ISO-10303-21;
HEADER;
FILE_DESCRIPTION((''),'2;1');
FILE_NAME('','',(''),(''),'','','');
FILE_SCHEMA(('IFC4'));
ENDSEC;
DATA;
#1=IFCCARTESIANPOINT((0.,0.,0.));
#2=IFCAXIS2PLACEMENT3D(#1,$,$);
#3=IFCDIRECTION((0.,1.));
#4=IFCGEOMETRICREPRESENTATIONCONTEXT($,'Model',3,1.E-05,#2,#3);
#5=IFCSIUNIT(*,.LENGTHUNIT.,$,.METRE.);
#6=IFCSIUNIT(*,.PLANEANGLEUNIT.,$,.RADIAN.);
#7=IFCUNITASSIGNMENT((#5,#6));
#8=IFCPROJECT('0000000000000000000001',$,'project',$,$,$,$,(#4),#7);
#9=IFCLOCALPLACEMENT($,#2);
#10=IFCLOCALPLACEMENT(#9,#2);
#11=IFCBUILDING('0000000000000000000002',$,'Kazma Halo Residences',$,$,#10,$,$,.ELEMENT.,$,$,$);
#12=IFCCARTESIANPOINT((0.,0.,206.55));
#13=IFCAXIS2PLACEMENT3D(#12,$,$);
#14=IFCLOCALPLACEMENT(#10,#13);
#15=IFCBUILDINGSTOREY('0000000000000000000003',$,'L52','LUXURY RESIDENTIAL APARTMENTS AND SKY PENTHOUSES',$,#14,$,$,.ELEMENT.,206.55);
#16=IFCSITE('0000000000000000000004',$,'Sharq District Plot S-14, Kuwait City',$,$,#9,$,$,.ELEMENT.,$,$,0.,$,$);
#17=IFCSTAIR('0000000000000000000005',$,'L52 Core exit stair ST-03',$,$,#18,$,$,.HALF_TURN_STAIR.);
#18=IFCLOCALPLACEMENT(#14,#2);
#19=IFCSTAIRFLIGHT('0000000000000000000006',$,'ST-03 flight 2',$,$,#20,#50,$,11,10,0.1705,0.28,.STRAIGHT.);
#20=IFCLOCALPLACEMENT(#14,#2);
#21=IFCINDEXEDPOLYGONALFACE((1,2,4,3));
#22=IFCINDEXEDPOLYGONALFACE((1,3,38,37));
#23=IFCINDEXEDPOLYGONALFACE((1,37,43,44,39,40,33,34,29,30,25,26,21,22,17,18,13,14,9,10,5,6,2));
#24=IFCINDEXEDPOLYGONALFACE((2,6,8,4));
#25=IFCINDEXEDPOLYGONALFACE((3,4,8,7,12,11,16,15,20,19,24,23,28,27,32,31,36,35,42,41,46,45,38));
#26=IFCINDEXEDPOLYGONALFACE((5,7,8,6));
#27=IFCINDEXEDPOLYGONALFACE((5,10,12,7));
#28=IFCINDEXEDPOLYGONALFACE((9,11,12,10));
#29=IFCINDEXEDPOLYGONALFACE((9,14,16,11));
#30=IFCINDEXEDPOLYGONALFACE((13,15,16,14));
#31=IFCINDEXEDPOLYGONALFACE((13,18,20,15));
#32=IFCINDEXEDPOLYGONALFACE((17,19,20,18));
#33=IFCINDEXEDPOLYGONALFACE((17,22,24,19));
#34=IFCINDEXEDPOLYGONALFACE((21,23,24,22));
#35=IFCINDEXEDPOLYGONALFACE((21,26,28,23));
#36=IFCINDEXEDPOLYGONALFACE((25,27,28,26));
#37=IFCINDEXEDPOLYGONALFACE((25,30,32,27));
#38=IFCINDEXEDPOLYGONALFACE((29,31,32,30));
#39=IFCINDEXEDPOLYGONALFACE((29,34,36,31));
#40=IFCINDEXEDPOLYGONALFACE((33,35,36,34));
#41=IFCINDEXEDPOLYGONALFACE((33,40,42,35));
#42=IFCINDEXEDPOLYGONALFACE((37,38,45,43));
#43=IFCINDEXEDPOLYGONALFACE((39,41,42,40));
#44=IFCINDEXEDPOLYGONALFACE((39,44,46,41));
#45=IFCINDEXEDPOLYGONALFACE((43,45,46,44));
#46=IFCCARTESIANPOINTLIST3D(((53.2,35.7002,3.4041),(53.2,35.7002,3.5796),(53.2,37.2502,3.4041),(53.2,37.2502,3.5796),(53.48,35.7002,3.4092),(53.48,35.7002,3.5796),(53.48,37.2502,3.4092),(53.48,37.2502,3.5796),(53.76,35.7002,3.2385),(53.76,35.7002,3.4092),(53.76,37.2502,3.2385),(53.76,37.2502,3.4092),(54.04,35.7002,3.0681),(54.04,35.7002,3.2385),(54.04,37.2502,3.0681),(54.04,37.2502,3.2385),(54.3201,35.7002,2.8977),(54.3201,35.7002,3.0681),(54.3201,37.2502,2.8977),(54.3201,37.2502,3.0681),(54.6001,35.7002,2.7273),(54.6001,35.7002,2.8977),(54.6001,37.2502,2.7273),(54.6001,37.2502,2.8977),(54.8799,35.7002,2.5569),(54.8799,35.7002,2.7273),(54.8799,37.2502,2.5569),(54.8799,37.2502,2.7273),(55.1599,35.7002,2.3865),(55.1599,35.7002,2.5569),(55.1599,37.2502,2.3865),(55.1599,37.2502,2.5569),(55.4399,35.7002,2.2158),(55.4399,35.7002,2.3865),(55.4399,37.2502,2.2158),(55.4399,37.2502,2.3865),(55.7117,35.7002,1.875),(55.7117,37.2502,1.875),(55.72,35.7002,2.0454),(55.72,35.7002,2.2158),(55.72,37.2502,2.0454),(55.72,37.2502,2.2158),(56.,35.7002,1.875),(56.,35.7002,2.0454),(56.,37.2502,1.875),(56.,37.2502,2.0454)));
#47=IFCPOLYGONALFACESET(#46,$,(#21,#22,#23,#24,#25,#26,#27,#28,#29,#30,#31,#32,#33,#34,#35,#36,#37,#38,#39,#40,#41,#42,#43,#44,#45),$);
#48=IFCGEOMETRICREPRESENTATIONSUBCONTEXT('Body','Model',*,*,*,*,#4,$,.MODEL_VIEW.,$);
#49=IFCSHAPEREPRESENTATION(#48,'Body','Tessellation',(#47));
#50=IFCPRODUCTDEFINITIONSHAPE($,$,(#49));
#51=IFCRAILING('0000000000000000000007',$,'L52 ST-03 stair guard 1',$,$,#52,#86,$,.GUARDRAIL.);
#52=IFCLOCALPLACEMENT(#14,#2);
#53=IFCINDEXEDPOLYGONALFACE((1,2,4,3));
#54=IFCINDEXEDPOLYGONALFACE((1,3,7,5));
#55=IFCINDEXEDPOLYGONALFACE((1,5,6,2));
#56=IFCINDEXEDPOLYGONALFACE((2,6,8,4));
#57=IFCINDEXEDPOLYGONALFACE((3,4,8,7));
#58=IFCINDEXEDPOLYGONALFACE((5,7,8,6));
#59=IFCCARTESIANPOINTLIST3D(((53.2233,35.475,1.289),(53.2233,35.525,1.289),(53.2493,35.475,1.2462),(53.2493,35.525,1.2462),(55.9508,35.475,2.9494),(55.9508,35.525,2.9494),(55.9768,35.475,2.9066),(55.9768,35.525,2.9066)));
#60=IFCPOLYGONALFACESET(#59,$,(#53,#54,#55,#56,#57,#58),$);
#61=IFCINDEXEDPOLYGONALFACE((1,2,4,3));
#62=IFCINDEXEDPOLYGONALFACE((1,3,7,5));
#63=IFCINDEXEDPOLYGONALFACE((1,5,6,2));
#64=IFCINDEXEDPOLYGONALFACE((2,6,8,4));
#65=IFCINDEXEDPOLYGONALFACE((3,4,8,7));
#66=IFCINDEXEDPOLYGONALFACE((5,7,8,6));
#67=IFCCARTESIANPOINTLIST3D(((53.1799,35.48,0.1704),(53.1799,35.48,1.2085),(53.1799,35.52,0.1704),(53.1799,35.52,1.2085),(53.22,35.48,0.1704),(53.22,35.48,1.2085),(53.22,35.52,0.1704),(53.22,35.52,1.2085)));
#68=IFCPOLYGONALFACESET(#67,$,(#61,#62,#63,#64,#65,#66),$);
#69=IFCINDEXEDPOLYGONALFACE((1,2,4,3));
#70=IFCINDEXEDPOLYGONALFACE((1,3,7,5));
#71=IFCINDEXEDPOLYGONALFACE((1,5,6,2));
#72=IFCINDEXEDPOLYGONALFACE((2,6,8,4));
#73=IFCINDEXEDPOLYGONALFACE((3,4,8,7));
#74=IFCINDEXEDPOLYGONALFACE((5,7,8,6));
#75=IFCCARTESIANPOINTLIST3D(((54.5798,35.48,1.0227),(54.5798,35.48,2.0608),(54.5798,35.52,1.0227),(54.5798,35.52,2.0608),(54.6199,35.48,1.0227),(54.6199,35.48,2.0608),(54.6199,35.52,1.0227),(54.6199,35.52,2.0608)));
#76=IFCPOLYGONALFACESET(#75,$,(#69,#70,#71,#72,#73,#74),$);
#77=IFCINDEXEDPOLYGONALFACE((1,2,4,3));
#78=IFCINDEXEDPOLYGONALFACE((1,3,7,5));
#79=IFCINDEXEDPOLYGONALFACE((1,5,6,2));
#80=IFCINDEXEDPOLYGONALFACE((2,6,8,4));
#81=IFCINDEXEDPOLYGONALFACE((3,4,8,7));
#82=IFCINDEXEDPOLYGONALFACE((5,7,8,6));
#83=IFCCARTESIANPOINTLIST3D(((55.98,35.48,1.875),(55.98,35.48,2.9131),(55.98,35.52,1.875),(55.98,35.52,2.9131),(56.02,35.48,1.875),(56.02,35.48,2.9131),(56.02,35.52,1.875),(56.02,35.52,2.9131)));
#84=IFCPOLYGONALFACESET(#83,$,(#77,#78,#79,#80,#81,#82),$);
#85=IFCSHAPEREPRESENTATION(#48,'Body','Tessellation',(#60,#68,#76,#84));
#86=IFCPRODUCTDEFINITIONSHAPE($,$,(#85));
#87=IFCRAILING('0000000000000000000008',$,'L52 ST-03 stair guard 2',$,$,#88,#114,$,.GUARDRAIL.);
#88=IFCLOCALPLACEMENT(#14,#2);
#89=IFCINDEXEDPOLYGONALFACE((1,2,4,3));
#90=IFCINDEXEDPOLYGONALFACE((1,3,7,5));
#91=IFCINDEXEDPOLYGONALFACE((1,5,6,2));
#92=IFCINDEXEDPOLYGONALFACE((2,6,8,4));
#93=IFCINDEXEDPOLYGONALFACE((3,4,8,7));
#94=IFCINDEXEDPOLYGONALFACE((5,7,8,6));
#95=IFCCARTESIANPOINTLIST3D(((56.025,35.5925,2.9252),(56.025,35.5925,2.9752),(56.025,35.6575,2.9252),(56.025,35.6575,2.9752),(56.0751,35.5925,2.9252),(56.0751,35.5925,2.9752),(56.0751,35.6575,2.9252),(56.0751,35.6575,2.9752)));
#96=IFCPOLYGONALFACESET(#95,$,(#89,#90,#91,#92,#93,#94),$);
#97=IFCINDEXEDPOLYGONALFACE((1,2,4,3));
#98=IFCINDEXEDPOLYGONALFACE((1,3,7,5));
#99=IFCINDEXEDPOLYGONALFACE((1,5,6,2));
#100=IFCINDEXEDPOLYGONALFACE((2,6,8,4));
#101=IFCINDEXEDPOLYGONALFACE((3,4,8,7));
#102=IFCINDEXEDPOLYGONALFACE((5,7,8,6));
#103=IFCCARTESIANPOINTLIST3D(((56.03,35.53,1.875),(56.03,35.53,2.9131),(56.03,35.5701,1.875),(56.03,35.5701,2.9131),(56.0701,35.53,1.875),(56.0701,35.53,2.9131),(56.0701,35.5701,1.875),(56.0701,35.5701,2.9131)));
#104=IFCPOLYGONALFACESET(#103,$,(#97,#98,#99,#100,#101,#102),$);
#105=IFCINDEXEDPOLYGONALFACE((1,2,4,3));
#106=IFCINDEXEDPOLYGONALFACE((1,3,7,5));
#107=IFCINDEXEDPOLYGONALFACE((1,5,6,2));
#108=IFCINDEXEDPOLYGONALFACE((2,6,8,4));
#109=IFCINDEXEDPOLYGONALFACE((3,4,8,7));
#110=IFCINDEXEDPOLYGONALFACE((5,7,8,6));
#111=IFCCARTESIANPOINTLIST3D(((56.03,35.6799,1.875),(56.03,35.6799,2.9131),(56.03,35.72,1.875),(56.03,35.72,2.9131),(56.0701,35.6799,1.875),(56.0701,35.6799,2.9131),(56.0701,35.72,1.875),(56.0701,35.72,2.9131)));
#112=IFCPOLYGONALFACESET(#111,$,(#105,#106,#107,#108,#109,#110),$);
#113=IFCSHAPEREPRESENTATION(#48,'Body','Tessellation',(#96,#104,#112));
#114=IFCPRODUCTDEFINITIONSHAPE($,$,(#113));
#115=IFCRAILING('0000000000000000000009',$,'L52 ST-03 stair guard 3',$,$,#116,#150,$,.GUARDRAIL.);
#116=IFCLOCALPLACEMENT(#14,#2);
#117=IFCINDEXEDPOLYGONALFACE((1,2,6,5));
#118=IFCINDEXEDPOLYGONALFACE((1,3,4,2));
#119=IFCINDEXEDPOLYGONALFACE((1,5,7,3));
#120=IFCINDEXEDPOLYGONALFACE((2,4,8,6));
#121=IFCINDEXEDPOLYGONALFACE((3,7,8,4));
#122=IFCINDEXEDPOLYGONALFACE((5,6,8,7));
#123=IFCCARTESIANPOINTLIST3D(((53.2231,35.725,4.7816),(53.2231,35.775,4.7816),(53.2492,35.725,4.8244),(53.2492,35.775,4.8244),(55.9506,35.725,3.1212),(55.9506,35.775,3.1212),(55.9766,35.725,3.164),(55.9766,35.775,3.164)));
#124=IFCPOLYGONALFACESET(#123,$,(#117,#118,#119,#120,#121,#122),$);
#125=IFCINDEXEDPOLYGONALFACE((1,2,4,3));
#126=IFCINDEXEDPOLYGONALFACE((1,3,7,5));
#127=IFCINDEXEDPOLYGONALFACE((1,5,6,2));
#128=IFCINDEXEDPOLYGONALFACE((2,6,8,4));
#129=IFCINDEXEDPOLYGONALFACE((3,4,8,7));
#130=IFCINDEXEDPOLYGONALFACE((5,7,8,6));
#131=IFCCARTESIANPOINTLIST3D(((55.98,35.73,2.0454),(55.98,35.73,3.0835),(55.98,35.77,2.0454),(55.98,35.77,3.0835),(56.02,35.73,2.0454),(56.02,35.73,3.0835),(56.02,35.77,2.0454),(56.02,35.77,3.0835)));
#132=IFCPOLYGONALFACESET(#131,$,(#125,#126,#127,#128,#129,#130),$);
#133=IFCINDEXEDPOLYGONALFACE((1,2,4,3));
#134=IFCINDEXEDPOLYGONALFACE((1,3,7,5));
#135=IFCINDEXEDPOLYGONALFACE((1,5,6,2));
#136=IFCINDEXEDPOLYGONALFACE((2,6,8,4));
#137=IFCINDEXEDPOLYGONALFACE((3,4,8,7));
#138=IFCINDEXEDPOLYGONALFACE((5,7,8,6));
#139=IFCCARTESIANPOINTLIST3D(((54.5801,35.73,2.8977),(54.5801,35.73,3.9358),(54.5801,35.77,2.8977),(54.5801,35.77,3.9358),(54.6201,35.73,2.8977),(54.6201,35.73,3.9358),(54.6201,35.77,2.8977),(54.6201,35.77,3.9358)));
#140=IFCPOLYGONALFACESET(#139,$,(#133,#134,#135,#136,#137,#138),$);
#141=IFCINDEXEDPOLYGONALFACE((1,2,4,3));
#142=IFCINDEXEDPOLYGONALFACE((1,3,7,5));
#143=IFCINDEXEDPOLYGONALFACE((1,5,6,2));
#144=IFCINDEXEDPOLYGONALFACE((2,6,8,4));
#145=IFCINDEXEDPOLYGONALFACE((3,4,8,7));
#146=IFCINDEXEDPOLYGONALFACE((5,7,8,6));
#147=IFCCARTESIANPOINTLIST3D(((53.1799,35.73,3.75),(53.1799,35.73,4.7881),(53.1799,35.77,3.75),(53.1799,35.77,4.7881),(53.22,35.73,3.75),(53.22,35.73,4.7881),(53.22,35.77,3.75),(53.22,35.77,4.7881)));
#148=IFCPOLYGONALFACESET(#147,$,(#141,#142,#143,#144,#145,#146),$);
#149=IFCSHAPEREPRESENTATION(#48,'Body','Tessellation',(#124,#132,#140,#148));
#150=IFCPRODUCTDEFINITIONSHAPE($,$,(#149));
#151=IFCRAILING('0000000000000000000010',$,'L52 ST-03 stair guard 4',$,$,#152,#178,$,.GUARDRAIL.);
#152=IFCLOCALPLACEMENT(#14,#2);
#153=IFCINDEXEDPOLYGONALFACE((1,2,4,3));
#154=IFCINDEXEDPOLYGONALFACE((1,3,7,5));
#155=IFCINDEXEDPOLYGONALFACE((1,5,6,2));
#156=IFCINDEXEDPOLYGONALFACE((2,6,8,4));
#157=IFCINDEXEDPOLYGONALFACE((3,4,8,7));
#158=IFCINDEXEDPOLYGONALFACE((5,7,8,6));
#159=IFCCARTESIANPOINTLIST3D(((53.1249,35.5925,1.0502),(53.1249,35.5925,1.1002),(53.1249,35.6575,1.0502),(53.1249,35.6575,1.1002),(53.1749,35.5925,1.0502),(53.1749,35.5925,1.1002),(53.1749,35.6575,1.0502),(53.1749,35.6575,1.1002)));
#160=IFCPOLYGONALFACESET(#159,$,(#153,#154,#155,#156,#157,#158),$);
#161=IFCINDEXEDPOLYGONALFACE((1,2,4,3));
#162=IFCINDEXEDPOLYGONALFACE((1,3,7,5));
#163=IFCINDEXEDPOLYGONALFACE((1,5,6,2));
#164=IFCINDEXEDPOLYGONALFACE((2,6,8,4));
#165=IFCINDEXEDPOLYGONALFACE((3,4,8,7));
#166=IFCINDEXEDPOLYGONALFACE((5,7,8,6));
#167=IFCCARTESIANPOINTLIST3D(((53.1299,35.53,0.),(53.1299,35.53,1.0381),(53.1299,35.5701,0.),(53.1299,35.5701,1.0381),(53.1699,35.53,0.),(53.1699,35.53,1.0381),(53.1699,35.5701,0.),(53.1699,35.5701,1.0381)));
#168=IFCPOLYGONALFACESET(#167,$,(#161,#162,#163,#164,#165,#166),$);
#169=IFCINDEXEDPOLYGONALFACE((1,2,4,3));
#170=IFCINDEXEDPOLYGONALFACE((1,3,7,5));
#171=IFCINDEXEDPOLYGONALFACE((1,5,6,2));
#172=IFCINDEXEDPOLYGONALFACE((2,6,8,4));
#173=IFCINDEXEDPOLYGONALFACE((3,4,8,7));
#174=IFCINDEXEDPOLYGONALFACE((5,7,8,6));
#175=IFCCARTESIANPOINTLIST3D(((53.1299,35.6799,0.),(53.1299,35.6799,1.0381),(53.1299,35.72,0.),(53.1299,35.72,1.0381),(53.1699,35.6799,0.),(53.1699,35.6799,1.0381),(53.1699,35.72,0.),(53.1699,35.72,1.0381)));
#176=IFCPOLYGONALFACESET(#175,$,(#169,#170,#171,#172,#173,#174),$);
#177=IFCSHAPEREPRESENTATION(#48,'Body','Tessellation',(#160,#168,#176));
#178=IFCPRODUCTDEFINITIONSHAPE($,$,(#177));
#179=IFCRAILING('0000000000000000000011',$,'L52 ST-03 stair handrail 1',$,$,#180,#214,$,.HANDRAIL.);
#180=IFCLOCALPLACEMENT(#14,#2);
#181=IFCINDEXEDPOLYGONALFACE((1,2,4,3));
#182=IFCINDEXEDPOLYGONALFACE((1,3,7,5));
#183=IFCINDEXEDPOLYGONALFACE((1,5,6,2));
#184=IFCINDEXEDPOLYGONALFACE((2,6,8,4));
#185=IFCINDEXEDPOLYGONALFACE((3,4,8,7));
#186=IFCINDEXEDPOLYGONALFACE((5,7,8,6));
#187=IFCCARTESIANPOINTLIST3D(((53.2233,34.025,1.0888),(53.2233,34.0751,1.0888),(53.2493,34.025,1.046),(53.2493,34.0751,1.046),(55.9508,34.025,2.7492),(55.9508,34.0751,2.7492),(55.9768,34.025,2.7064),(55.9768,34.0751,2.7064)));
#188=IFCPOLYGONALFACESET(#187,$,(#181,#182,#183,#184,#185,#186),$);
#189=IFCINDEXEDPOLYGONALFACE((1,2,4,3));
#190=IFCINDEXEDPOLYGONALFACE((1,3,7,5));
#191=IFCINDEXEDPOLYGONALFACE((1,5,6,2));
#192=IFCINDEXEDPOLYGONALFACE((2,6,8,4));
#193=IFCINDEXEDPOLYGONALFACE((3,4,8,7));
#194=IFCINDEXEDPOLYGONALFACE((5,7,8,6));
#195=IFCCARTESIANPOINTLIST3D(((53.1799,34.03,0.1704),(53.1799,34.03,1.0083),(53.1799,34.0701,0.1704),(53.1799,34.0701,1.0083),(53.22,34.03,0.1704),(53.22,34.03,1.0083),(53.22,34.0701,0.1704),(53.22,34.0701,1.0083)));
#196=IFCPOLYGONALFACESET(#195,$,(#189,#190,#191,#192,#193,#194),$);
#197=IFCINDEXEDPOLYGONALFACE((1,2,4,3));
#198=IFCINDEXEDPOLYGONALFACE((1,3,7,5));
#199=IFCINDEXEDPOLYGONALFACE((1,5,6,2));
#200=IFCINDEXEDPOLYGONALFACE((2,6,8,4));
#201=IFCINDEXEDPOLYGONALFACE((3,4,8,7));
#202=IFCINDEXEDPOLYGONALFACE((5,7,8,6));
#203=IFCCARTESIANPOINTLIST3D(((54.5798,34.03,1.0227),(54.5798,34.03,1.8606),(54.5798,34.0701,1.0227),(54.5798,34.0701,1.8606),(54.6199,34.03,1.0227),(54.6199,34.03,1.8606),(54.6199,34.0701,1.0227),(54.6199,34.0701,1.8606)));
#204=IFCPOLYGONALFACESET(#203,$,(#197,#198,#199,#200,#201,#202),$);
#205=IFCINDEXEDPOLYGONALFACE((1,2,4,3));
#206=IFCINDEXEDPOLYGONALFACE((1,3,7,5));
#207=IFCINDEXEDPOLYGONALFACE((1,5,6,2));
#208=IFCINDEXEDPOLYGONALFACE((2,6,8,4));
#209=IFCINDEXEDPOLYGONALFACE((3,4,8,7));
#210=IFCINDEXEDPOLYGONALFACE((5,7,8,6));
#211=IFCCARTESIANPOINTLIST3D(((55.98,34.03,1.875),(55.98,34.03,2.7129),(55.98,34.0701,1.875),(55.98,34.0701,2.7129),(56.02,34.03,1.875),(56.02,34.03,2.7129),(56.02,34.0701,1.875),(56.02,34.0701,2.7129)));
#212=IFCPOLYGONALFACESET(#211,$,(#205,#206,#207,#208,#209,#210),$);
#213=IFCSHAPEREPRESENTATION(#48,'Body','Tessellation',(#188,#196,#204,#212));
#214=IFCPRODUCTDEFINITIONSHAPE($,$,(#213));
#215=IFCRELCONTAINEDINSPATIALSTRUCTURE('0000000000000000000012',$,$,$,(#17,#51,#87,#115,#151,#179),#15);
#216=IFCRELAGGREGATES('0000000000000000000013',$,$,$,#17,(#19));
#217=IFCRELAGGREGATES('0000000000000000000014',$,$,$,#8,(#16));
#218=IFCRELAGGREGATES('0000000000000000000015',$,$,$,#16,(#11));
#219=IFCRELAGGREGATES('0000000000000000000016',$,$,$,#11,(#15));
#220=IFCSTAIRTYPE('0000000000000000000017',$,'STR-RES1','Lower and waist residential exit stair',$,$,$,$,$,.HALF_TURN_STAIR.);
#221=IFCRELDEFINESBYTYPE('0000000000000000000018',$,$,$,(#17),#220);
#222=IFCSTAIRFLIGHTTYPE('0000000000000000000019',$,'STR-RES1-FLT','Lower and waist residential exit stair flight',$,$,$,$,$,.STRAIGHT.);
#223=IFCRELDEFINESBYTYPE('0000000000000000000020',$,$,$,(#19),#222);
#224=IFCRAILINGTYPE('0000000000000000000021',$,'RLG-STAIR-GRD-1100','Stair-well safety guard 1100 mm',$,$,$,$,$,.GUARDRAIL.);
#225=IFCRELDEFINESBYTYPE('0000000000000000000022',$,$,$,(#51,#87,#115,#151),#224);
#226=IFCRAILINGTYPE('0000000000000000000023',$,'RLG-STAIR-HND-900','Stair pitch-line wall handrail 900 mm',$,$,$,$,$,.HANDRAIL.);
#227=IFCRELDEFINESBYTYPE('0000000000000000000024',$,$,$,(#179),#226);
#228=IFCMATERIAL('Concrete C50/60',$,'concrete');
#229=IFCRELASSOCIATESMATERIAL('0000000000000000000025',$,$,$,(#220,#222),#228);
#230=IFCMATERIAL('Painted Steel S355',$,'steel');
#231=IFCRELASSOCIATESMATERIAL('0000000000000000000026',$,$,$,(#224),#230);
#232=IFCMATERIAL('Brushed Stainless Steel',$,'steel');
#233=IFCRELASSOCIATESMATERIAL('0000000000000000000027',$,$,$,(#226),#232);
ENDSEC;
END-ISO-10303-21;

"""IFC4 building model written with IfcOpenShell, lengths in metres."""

from ifc_helpers import new_model, si_unit, direction, frame, origin, origin_2d, place, context, subcontext, project, spatial, polyline, rectangle, outline, extrude, material, type_object, element, aggregate, save


model = new_model("IFC4")

# Units and contexts
model_context = context("Model", 3, precision=1e-05, world=origin(), true_north=direction((0.0, 1.0)))
body_context = subcontext(model_context, "Body", "Model", "MODEL_VIEW")
ifc_project = project(units=[si_unit("LENGTHUNIT", "METRE"), si_unit("PLANEANGLEUNIT", "RADIAN")], contexts=[model_context])

# Site, building, storey
site_placement = place(None, origin())
site = spatial("IfcSite", under=ifc_project, at=site_placement, Name="Sharq District Plot S-14, Kuwait City", CompositionType="ELEMENT", RefElevation=0.0)
building_placement = place(site_placement, origin())
building = spatial("IfcBuilding", under=site, at=building_placement, Name="Kazma Halo Residences", CompositionType="ELEMENT")
storey_placement = place(building_placement, frame((0.0, 0.0, 206.55)))
storey = spatial("IfcBuildingStorey", under=building, at=storey_placement, Name="L52", Description="LUXURY RESIDENTIAL APARTMENTS AND SKY PENTHOUSES", CompositionType="ELEMENT", Elevation=206.55)

# Shared definitions
ifc_material_1 = material(Name="Concrete C50/60", Category="concrete")

# Stair, stair flight
stair_type = type_object("IfcStairType", Name="STR-RES1", Description="Lower and waist residential exit stair", PredefinedType="HALF_TURN_STAIR", material=ifc_material_1)
stair_placement = place(storey_placement, origin())
stair = element("IfcStair", 1, at=stair_placement, inside=storey, type_object=stair_type, Name="L52 Core exit stair ST-03", PredefinedType="HALF_TURN_STAIR")
stair_flight_type = type_object("IfcStairFlightType", Name="STR-RES1-FLT", Description="Lower and waist residential exit stair flight", PredefinedType="STRAIGHT", material=ifc_material_1)
stair_flight_1_placement = place(storey_placement, frame((56.0, 36.4751, 1.875), z_axis=(0.0, 0.0, 1.0), x_axis=(-1.0, 0.0, 0.0)))
stair_flight_1 = element("IfcStairFlight", 2, at=stair_flight_1_placement, type_object=stair_flight_type, Name="ST-03 flight 2", NumberOfRisers=11, NumberOfTreads=10, PredefinedType="STRAIGHT", RiserHeight=0.1705, TreadLength=0.28, context=body_context, shape_type="SweptSolid", body=[
    extrude(outline(polyline([(0.0, 0.0), (0.0, 0.1704), (0.28, 0.1704), (0.28, 0.3408), (0.5601, 0.3408), (0.5601, 0.5115), (0.8401, 0.5115), (0.8401, 0.6819), (1.1201, 0.6819), (1.1201, 0.8523), (1.3999, 0.8523), (1.3999, 1.0227), (1.6799, 1.0227), (1.6799, 1.1931), (1.96, 1.1931), (1.96, 1.3635), (2.24, 1.3635), (2.24, 1.5342), (2.52, 1.5342), (2.52, 1.7046), (2.8, 1.7046), (2.8, 1.875), (2.8, 1.5291), (0.2883, 0.0), (0.0, 0.0)])), frame((0.0, 0.7749, 0.0), z_axis=(0.0, -1.0, 0.0), x_axis=(1.0, 0.0, 0.0)), (0.0, 0.0, 1.0), 1.55),
])
aggregate(stair, [stair_flight_1])

# Railings
ifc_material_2 = material(Name="Painted Steel S355", Category="steel")
railing_type_1 = type_object("IfcRailingType", Name="RLG-STAIR-GRD-1100", Description="Stair-well safety guard 1100 mm", PredefinedType="GUARDRAIL", material=ifc_material_2)
railing_1_placement = place(storey_placement, frame((53.2, 35.5, 0.1704)))
element("IfcRailing", 3, at=railing_1_placement, inside=storey, type_object=railing_type_1, Name="L52 ST-03 stair guard 1", PredefinedType="GUARDRAIL", context=body_context, shape_type="SweptSolid", body=[
    extrude(rectangle(XDim=0.05, YDim=0.05, at=origin_2d()), frame((0.0364, 0.0, 1.0972), z_axis=(0.85417, 0.0, 0.519994), x_axis=(0.0, 1.0, 0.0)), (0.0, 0.0, 1.0), 3.1931),
    extrude(rectangle(XDim=0.04, YDim=0.04, at=origin_2d()), origin(), (0.0, 0.0, 1.0), 1.0381),
    extrude(rectangle(XDim=0.04, YDim=0.04, at=origin_2d()), frame((1.3999, 0.0, 0.8523)), (0.0, 0.0, 1.0), 1.0381),
    extrude(rectangle(XDim=0.04, YDim=0.04, at=origin_2d()), frame((2.8, 0.0, 1.7046)), (0.0, 0.0, 1.0), 1.0381),
])
railing_2_placement = place(storey_placement, frame((56.05, 35.55, 1.875)))
element("IfcRailing", 4, at=railing_2_placement, inside=storey, type_object=railing_type_1, Name="L52 ST-03 stair guard 2", PredefinedType="GUARDRAIL", context=body_context, shape_type="SweptSolid", body=[
    extrude(rectangle(XDim=0.05, YDim=0.05, at=origin_2d()), frame((0.0, 0.0425, 1.0752), z_axis=(0.0, 1.0, 0.0), x_axis=(-1.0, 0.0, 0.0)), (0.0, 0.0, 1.0), 0.0649),
    extrude(rectangle(XDim=0.04, YDim=0.04, at=origin_2d()), origin(), (0.0, 0.0, 1.0), 1.0381),
    extrude(rectangle(XDim=0.04, YDim=0.04, at=origin_2d()), frame((0.0, 0.1499, 0.0)), (0.0, 0.0, 1.0), 1.0381),
])
railing_3_placement = place(storey_placement, frame((56.0, 35.75, 2.0454)))
element("IfcRailing", 5, at=railing_3_placement, inside=storey, type_object=railing_type_1, Name="L52 ST-03 stair guard 3", PredefinedType="GUARDRAIL", context=body_context, shape_type="SweptSolid", body=[
    extrude(rectangle(XDim=0.05, YDim=0.05, at=origin_2d()), frame((-0.0364, 0.0, 1.0972), z_axis=(-0.85417, 0.0, 0.519994), x_axis=(0.0, -1.0, 0.0)), (0.0, 0.0, 1.0), 3.1931),
    extrude(rectangle(XDim=0.04, YDim=0.04, at=origin_2d()), origin(), (0.0, 0.0, 1.0), 1.0381),
    extrude(rectangle(XDim=0.04, YDim=0.04, at=origin_2d()), frame((-1.3999, 0.0, 0.8523)), (0.0, 0.0, 1.0), 1.0381),
    extrude(rectangle(XDim=0.04, YDim=0.04, at=origin_2d()), frame((-2.8, 0.0, 1.7046)), (0.0, 0.0, 1.0), 1.0381),
])
railing_4_placement = place(storey_placement, frame((53.1499, 35.55, 0.0)))
element("IfcRailing", 6, at=railing_4_placement, inside=storey, type_object=railing_type_1, Name="L52 ST-03 stair guard 4", PredefinedType="GUARDRAIL", context=body_context, shape_type="SweptSolid", body=[
    extrude(rectangle(XDim=0.05, YDim=0.05, at=origin_2d()), frame((0.0, 0.0425, 1.0752), z_axis=(0.0, 1.0, 0.0), x_axis=(-1.0, 0.0, 0.0)), (0.0, 0.0, 1.0), 0.0649),
    extrude(rectangle(XDim=0.04, YDim=0.04, at=origin_2d()), origin(), (0.0, 0.0, 1.0), 1.0381),
    extrude(rectangle(XDim=0.04, YDim=0.04, at=origin_2d()), frame((0.0, 0.1499, 0.0)), (0.0, 0.0, 1.0), 1.0381),
])
ifc_material_3 = material(Name="Brushed Stainless Steel", Category="steel")
railing_type_2 = type_object("IfcRailingType", Name="RLG-STAIR-HND-900", Description="Stair pitch-line wall handrail 900 mm", PredefinedType="HANDRAIL", material=ifc_material_3)
railing_5_placement = place(storey_placement, frame((53.2, 34.05, 0.1704)))
element("IfcRailing", 7, at=railing_5_placement, inside=storey, type_object=railing_type_2, Name="L52 ST-03 stair handrail 1", PredefinedType="HANDRAIL", context=body_context, shape_type="SweptSolid", body=[
    extrude(rectangle(XDim=0.05, YDim=0.05, at=origin_2d()), frame((0.0364, 0.0, 0.897), z_axis=(0.85417, 0.0, 0.519994), x_axis=(0.0, 1.0, 0.0)), (0.0, 0.0, 1.0), 3.1931),
    extrude(rectangle(XDim=0.04, YDim=0.04, at=origin_2d()), origin(), (0.0, 0.0, 1.0), 0.8379),
    extrude(rectangle(XDim=0.04, YDim=0.04, at=origin_2d()), frame((1.3999, 0.0, 0.8523)), (0.0, 0.0, 1.0), 0.8379),
    extrude(rectangle(XDim=0.04, YDim=0.04, at=origin_2d()), frame((2.8, 0.0, 1.7046)), (0.0, 0.0, 1.0), 0.8379),
])

save(model, "model.ifc")
